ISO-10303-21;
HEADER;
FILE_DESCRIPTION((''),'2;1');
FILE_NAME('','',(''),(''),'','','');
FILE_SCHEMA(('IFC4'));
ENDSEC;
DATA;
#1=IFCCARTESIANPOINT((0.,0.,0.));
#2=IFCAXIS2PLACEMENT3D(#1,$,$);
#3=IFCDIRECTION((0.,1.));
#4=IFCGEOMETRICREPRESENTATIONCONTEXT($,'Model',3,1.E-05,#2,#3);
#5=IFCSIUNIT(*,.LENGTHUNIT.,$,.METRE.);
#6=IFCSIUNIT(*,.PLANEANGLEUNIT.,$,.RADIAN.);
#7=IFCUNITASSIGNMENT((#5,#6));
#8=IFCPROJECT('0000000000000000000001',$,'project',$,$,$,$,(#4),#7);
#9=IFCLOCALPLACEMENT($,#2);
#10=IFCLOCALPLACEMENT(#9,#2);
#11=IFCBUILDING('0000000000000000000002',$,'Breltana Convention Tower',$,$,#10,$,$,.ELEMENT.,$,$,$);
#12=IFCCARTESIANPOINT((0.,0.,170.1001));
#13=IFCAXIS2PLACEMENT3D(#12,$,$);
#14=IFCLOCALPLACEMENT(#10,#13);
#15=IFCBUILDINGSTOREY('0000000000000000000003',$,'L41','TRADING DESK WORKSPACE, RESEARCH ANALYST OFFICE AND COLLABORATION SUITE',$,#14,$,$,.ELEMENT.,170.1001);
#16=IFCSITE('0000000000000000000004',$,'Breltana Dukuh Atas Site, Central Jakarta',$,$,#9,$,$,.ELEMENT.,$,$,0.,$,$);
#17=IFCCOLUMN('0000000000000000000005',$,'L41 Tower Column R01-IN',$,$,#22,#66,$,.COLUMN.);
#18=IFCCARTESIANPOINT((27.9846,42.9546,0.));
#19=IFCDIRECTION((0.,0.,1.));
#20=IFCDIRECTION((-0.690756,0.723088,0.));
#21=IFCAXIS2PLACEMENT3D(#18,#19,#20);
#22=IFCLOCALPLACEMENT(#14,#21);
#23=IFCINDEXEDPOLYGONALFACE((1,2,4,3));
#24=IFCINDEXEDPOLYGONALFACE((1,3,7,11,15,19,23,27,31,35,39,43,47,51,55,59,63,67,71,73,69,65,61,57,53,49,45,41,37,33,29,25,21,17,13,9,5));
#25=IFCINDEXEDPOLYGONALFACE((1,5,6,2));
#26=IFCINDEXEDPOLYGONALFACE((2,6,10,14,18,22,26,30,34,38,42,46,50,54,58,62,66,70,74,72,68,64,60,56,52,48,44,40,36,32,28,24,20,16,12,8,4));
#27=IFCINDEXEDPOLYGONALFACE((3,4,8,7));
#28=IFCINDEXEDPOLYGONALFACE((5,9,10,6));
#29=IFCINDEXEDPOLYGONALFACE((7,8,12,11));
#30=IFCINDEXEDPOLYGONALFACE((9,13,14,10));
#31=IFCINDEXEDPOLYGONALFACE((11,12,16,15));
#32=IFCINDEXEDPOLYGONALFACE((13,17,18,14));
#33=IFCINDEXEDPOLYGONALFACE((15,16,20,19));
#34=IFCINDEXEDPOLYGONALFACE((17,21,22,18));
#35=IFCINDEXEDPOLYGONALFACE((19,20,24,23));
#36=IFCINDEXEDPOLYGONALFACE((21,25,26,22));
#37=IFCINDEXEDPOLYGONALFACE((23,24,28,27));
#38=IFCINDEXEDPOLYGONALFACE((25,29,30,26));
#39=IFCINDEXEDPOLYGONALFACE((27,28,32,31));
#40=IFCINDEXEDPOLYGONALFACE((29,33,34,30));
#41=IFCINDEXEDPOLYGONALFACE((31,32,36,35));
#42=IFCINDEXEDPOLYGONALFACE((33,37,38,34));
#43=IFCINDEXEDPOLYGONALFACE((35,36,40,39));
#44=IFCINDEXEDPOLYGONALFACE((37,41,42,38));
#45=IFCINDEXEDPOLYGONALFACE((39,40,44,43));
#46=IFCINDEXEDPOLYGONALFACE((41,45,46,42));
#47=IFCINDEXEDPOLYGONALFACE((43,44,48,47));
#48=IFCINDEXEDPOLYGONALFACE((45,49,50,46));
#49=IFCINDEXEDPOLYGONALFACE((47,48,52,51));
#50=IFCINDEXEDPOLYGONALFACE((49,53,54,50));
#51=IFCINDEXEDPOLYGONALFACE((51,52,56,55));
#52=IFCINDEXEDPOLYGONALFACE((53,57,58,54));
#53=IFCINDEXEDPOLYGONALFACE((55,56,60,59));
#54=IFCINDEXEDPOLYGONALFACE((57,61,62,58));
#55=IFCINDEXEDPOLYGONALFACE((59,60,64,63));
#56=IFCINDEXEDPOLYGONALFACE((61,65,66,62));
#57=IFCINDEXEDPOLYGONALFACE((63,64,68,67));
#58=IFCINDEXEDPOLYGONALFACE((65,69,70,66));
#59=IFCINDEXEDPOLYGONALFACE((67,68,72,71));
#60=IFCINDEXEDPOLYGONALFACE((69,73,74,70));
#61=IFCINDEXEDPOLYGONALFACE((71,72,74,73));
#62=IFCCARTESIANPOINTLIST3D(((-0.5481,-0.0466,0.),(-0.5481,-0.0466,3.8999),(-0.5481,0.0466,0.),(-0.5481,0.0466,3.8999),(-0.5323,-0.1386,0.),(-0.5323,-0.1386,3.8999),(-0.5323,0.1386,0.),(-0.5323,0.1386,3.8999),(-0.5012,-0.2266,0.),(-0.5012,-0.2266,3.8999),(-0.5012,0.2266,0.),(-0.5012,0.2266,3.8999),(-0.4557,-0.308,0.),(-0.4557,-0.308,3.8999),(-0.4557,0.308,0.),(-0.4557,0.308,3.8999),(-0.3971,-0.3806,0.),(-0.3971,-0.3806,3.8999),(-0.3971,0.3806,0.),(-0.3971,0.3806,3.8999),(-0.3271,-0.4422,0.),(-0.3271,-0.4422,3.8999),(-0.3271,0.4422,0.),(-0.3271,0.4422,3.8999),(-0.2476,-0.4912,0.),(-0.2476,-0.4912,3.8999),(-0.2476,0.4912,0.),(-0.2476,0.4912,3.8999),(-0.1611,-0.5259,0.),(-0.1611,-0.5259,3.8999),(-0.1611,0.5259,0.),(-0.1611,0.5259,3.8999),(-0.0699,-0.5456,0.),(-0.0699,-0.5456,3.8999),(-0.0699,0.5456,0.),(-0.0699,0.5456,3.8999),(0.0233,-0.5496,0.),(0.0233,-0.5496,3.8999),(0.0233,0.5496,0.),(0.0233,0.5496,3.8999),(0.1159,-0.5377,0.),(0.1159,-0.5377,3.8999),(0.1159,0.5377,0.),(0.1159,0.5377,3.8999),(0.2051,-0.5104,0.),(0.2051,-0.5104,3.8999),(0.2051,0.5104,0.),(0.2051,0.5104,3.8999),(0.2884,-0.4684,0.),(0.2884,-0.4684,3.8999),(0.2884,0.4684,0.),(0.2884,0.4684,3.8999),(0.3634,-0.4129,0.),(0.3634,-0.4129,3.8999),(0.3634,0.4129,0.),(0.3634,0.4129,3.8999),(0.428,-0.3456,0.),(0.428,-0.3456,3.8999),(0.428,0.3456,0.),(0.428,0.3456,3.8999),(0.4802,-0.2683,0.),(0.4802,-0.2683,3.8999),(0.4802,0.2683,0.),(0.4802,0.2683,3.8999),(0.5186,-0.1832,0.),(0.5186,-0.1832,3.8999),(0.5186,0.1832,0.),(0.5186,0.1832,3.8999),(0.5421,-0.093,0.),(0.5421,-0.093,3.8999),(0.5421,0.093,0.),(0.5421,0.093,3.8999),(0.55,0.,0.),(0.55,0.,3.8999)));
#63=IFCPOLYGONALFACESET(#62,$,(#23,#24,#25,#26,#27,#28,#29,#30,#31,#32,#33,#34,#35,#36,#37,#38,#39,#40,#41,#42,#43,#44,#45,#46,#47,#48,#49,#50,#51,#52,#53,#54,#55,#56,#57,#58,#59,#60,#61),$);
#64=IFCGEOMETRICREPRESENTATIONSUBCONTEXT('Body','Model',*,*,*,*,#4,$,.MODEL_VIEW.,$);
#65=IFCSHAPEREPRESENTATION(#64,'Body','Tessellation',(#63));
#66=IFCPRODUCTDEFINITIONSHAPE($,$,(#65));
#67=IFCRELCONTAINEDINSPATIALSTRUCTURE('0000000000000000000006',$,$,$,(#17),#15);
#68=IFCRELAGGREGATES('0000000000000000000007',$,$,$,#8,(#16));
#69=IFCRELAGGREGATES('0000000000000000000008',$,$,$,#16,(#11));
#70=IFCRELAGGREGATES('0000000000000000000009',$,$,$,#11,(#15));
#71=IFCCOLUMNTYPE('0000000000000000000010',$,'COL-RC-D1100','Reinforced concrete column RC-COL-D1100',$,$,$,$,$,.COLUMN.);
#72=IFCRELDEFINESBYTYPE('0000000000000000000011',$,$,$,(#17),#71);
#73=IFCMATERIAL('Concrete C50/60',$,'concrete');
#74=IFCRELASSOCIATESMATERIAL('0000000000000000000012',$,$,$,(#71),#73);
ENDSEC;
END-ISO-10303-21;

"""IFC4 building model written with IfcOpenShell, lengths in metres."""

from ifc_helpers import new_model, si_unit, direction, frame, origin, origin_2d, place, context, subcontext, project, spatial, circle, extrude, source, transform, mapped, material, material_profile, profile_set, type_object, element, save


model = new_model("IFC4")

# Units and contexts
model_context = context("Model", 3, precision=1e-05, world=origin(), true_north=direction((0.0, 1.0)))
body_context = subcontext(model_context, "Body", "Model", "MODEL_VIEW")
ifc_project = project(units=[si_unit("LENGTHUNIT", "METRE"), si_unit("PLANEANGLEUNIT", "RADIAN")], contexts=[model_context])

# Site, building, storey
site_placement = place(None, origin())
site = spatial("IfcSite", under=ifc_project, at=site_placement, Name="Breltana Dukuh Atas Site, Central Jakarta", CompositionType="ELEMENT", RefElevation=0.0)
building_placement = place(site_placement, origin())
building = spatial("IfcBuilding", under=site, at=building_placement, Name="Breltana Convention Tower", CompositionType="ELEMENT")
storey_placement = place(building_placement, frame((0.0, 0.0, 170.1001)))
storey = spatial("IfcBuildingStorey", under=building, at=storey_placement, Name="L41", Description="TRADING DESK WORKSPACE, RESEARCH ANALYST OFFICE AND COLLABORATION SUITE", CompositionType="ELEMENT", Elevation=170.1001)

# Column
ifc_material_1 = material(Name="Concrete C50/60", Category="concrete")
ifc_material_profile_1 = material_profile(ifc_material_1, circle(Radius=0.55, at=origin_2d()), Name="RC-COL-D1100")
ifc_profile_set_1 = profile_set([ifc_material_profile_1], Name="Concrete C50/60")
column_type = type_object("IfcColumnType", Name="COL-RC-D1100", Description="Reinforced concrete column RC-COL-D1100", PredefinedType="COLUMN", material=ifc_profile_set_1)
shared_shape_1 = source(origin(), body_context, "Body", "SweptSolid", [
    extrude(circle(Radius=0.55, at=origin_2d()), origin(), (0.0, 0.0, 1.0), 3.8999),
])
column_placement = place(storey_placement, frame((27.9846, 42.9546, 0.0), z_axis=(0.0, 0.0, 1.0), x_axis=(-0.690756, 0.723088, 0.0)))
element("IfcColumn", 1, at=column_placement, inside=storey, type_object=column_type, Name="L41 Tower Column R01-IN", PredefinedType="COLUMN", context=body_context, shape_type="MappedRepresentation", body=[
    mapped(shared_shape_1, transform((0.0, 0.0, 0.0), scale=1.0)),
])

save(model, "model.ifc")
